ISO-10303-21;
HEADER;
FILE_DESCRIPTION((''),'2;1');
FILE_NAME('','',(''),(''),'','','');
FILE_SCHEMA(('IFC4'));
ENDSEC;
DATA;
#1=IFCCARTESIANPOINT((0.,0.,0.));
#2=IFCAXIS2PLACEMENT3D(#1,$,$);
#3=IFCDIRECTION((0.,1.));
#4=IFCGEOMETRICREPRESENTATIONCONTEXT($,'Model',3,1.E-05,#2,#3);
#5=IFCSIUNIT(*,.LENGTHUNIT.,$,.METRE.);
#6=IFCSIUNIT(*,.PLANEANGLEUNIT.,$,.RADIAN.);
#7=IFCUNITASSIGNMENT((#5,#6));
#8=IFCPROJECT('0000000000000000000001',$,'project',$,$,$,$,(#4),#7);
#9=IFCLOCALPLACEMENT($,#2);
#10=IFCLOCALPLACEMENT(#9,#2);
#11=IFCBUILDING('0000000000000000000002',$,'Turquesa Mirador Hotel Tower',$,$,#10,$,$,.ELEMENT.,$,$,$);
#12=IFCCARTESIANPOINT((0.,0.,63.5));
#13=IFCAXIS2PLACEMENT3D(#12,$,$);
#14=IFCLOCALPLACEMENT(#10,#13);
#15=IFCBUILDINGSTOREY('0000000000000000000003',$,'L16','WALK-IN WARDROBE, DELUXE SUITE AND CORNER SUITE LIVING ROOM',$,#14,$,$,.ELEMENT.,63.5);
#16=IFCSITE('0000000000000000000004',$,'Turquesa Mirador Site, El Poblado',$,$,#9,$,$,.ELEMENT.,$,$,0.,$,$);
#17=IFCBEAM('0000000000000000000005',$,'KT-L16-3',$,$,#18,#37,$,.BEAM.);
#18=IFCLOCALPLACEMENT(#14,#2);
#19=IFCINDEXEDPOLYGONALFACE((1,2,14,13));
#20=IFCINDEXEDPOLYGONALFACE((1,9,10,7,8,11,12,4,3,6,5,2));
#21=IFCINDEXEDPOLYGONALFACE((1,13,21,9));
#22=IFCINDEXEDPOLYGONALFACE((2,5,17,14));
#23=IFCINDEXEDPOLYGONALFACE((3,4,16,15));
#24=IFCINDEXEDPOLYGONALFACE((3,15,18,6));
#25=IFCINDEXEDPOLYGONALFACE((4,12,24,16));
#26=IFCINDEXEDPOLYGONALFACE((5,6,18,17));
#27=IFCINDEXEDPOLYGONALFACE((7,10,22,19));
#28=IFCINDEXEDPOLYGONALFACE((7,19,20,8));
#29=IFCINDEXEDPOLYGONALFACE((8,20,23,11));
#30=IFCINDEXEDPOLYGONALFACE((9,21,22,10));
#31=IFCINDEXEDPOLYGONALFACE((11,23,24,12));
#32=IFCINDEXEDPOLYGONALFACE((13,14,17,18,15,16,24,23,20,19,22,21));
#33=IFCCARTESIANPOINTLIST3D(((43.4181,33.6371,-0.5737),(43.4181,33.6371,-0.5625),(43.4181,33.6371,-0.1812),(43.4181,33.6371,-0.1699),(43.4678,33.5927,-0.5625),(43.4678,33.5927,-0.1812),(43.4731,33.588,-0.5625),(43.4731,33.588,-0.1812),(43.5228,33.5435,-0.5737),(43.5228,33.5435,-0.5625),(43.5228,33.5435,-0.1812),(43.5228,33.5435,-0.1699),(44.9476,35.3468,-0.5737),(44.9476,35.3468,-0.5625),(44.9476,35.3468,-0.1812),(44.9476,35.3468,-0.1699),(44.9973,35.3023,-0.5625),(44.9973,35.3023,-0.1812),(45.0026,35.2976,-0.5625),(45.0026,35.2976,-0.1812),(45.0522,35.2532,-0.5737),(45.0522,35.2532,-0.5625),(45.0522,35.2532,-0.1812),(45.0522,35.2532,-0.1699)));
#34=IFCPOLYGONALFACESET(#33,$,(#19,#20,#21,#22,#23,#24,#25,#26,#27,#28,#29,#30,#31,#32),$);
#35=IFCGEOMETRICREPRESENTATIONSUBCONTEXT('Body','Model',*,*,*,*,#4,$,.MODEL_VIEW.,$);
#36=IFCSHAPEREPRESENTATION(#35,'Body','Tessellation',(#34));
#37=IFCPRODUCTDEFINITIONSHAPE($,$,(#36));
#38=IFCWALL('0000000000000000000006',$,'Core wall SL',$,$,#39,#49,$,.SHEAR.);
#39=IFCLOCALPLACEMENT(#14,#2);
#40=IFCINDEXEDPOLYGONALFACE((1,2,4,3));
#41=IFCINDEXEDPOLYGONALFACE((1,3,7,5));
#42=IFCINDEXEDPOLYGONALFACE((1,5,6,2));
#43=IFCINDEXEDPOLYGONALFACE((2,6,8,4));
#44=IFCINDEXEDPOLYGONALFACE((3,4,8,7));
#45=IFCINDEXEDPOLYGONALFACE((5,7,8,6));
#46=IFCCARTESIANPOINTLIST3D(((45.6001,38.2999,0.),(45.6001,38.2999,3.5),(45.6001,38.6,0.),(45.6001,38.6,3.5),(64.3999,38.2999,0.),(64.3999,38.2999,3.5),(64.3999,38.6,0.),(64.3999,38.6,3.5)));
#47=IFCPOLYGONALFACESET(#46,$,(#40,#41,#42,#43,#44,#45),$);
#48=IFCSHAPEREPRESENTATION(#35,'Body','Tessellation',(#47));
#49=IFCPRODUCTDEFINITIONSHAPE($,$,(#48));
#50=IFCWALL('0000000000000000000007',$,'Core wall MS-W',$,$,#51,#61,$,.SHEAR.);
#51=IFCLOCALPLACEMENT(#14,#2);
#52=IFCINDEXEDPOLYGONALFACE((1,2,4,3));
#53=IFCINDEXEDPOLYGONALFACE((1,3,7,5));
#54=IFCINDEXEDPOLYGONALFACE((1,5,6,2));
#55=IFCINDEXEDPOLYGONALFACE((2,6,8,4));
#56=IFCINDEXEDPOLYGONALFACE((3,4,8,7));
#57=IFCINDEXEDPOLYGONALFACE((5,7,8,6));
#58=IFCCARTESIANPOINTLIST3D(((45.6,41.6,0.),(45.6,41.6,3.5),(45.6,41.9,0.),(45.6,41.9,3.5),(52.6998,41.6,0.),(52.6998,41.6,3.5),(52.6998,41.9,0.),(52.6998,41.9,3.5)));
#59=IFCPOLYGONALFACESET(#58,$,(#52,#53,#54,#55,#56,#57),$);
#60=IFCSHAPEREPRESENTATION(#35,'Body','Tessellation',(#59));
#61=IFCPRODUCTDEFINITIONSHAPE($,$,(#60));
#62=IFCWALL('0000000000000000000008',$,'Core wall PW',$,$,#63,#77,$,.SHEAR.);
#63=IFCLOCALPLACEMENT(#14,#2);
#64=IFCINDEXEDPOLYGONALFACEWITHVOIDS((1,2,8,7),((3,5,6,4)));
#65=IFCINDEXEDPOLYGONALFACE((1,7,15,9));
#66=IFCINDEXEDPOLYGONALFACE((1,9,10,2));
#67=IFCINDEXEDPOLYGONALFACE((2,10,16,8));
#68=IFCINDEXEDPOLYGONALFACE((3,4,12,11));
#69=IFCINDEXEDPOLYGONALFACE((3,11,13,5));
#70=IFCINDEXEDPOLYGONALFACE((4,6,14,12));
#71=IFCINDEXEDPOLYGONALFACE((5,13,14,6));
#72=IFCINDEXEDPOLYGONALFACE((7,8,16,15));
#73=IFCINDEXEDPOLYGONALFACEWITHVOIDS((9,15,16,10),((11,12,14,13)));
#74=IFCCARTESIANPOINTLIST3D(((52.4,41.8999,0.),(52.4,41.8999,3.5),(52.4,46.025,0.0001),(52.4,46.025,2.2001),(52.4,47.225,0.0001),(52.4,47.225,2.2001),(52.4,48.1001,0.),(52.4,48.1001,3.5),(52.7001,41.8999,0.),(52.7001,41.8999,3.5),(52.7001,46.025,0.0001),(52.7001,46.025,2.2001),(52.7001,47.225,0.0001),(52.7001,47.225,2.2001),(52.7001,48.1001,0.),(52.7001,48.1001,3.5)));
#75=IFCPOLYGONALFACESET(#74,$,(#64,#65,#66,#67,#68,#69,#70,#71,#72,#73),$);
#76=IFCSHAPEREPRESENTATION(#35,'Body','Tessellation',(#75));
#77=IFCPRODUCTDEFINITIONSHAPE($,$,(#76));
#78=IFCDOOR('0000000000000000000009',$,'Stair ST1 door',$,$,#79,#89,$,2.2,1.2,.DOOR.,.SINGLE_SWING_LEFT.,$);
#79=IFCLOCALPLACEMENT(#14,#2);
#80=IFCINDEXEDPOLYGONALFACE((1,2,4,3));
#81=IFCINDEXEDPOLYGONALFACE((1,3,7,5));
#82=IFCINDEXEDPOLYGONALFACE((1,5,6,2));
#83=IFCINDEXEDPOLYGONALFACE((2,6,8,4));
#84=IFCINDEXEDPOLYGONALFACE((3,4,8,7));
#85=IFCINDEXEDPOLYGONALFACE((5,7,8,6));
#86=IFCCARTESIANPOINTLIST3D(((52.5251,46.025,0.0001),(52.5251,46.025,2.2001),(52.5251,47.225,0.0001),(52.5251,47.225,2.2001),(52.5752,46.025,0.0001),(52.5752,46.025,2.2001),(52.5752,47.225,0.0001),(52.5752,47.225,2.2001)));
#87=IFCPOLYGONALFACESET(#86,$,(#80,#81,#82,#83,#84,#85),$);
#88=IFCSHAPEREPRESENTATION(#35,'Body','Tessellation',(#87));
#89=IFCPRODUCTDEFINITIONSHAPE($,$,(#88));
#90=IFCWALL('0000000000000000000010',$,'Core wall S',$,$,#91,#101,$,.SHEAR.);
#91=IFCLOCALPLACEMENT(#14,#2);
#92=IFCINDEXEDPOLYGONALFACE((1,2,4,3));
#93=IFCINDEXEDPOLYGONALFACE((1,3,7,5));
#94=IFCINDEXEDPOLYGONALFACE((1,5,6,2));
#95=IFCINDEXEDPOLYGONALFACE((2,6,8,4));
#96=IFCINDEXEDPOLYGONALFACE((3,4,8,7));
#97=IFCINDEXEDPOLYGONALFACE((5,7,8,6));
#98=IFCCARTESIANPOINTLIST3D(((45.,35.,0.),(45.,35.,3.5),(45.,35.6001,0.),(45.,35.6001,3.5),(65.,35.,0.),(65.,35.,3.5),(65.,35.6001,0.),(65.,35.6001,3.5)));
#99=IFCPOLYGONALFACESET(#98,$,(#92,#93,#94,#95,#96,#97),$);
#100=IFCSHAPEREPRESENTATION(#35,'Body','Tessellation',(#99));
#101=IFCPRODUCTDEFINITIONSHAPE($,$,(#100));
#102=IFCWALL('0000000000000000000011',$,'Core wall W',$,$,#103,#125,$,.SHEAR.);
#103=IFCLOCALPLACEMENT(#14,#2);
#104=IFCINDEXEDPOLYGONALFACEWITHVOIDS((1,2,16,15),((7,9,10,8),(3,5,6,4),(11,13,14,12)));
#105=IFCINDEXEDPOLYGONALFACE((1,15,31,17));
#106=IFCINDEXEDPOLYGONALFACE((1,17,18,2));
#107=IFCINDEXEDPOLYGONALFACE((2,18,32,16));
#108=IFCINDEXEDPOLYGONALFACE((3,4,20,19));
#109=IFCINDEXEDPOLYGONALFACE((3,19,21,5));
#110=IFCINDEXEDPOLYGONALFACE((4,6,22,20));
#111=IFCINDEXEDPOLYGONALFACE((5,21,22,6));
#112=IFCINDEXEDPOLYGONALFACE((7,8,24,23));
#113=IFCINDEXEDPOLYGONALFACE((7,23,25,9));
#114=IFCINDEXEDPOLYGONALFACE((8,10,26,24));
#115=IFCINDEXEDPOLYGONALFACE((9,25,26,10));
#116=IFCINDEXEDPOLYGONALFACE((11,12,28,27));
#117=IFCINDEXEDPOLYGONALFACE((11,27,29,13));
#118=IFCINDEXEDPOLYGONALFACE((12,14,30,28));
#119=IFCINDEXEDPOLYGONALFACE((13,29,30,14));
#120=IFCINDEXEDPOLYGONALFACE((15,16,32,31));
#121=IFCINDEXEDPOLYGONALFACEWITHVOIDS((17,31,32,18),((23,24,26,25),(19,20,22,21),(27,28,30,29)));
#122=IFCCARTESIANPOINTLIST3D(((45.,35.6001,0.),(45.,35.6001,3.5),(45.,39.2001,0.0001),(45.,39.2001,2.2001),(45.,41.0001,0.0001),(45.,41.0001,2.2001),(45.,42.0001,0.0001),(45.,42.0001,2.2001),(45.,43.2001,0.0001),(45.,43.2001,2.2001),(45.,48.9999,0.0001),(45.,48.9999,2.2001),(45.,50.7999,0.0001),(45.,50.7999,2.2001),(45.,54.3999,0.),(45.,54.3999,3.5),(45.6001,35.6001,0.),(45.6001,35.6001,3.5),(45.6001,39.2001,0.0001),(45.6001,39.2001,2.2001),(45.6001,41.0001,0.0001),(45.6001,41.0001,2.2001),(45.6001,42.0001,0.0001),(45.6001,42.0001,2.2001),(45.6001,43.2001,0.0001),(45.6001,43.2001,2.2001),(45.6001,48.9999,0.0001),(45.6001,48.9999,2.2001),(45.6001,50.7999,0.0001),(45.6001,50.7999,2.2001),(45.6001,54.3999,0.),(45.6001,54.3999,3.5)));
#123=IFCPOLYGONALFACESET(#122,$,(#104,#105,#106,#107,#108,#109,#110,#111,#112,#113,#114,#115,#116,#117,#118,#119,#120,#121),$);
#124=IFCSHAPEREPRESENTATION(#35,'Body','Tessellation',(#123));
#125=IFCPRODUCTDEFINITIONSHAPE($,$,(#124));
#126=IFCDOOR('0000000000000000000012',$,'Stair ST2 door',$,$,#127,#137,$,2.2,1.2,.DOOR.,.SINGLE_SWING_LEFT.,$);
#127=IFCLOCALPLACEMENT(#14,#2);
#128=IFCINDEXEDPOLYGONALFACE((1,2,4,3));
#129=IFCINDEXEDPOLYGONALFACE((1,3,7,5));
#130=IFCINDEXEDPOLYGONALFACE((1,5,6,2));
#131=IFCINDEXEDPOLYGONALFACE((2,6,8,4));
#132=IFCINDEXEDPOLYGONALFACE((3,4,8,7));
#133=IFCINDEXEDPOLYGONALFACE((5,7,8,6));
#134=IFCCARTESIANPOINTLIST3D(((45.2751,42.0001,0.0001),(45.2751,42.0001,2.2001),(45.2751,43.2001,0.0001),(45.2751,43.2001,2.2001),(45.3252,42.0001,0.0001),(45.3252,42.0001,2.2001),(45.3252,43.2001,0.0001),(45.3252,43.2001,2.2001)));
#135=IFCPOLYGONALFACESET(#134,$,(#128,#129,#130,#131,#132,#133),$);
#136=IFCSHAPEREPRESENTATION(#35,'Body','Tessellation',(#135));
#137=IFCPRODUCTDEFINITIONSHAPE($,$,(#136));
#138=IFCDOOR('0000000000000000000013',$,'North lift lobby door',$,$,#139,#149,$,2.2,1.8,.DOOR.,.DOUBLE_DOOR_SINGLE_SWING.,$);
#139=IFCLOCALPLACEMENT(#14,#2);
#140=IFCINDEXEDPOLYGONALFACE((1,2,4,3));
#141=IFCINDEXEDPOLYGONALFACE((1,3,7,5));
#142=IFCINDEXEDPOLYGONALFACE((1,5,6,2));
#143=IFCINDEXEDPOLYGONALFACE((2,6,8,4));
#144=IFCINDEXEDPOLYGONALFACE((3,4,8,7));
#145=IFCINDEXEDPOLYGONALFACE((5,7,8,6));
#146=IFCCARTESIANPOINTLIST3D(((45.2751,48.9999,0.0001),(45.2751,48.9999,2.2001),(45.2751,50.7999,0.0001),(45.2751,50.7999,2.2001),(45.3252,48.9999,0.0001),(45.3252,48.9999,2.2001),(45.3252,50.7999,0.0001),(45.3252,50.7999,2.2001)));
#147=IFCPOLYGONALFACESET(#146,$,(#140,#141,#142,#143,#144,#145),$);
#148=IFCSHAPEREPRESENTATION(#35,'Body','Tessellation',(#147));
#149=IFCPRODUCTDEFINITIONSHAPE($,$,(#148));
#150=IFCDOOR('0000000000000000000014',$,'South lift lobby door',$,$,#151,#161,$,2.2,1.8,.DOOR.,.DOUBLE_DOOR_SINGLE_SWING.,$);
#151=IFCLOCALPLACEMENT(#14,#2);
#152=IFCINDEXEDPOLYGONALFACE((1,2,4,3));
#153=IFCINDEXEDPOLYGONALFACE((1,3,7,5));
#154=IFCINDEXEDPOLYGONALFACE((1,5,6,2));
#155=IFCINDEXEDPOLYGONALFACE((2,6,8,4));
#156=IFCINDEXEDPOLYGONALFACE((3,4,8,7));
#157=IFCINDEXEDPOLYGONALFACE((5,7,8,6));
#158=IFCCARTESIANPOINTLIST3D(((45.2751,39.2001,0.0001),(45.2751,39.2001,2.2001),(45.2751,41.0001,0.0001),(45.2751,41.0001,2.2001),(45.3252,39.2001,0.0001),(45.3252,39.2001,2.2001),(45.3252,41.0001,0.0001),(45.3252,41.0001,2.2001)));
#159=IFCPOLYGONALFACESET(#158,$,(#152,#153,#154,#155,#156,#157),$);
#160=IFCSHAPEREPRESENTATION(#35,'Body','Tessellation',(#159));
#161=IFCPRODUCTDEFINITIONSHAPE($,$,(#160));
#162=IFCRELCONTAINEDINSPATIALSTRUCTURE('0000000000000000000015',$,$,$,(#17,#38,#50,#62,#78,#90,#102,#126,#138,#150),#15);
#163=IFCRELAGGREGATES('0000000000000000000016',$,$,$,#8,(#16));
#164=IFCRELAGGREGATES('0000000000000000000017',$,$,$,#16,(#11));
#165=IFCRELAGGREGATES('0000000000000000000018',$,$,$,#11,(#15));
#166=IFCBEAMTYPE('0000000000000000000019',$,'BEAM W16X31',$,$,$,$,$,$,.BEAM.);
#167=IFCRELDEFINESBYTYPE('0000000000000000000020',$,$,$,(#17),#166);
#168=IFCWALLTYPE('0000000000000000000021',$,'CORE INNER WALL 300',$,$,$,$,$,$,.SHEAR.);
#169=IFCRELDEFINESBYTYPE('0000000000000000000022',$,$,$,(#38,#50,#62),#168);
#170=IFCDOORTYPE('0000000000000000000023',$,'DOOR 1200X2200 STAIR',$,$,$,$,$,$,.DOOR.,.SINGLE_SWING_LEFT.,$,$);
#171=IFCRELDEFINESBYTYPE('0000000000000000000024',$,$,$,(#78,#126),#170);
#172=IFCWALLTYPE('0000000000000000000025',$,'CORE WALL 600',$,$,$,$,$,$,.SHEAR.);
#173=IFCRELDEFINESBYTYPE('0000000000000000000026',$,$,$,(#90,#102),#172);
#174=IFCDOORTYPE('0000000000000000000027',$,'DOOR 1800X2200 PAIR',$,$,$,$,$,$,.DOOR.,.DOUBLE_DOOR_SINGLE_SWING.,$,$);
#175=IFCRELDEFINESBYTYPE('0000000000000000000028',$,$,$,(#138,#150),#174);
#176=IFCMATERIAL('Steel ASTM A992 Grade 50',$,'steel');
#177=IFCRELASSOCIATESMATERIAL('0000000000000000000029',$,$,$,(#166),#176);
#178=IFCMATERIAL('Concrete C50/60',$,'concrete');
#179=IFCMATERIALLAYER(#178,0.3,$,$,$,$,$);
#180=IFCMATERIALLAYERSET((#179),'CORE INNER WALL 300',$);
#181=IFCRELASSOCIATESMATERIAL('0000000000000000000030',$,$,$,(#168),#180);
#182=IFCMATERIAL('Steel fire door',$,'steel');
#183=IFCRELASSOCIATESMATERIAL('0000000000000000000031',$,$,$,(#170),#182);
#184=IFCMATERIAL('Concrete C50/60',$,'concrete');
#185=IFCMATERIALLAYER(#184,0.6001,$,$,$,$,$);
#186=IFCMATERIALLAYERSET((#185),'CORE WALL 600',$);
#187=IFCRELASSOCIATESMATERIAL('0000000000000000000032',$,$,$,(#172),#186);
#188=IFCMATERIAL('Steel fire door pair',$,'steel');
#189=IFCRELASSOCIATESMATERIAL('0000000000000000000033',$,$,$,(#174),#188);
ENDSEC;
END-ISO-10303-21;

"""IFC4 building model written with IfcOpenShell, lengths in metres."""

from ifc_helpers import new_model, si_unit, direction, frame, frame_2d, origin, origin_2d, place, context, subcontext, project, spatial, rectangle, i_section, extrude, material, layer, layer_set, material_profile, profile_set, type_object, element, fill, save


model = new_model("IFC4")

# Units and contexts
model_context = context("Model", 3, precision=1e-05, world=origin(), true_north=direction((0.0, 1.0)))
body_context = subcontext(model_context, "Body", "Model", "MODEL_VIEW")
ifc_project = project(units=[si_unit("LENGTHUNIT", "METRE"), si_unit("PLANEANGLEUNIT", "RADIAN")], contexts=[model_context])

# Site, building, storey
site_placement = place(None, origin())
site = spatial("IfcSite", under=ifc_project, at=site_placement, Name="Turquesa Mirador Site, El Poblado", CompositionType="ELEMENT", RefElevation=0.0)
building_placement = place(site_placement, origin())
building = spatial("IfcBuilding", under=site, at=building_placement, Name="Turquesa Mirador Hotel Tower", CompositionType="ELEMENT")
storey_placement = place(building_placement, frame((0.0, 0.0, 63.5)))
storey = spatial("IfcBuildingStorey", under=building, at=storey_placement, Name="L16", Description="WALK-IN WARDROBE, DELUXE SUITE AND CORNER SUITE LIVING ROOM", CompositionType="ELEMENT", Elevation=63.5)

# Beam
ifc_material_1 = material(Name="Steel ASTM A992 Grade 50", Category="steel")
ifc_material_profile = material_profile(ifc_material_1, i_section(OverallWidth=0.1404, OverallDepth=0.4038, WebThickness=0.0071, FlangeThickness=0.0112, at=origin_2d()), Name="W16X31")
ifc_profile_set = profile_set([ifc_material_profile], Name="Steel ASTM A992 Grade 50")
beam_type = type_object("IfcBeamType", Name="BEAM W16X31", PredefinedType="BEAM", material=ifc_profile_set)
beam_placement = place(storey_placement, frame((43.4705, 33.5903, -0.3718), z_axis=(0.666745, 0.745286, 0.0), x_axis=(-0.745286, 0.666745, 0.0)))
element("IfcBeam", 1, at=beam_placement, inside=storey, type_object=beam_type, Name="KT-L16-3", PredefinedType="BEAM", context=body_context, shape_type="SweptSolid", body=[
    extrude(i_section(OverallWidth=0.1404, OverallDepth=0.4038, WebThickness=0.0071, FlangeThickness=0.0112, at=origin_2d()), origin(), (0.0, 0.0, 1.0), 2.2939),
])

# Walls
ifc_material_2 = material(Name="Concrete C50/60", Category="concrete")
ifc_layer_1 = layer(ifc_material_2, 0.3)
ifc_layer_set_1 = layer_set([ifc_layer_1], Name="CORE INNER WALL 300")
wall_type_1 = type_object("IfcWallType", Name="CORE INNER WALL 300", PredefinedType="SHEAR", material=ifc_layer_set_1)
wall_1_placement = place(storey_placement, frame((45.6001, 38.45, 0.0), z_axis=(0.0, 0.0, 1.0), x_axis=(1.0, 0.0, 0.0)))
element("IfcWall", 2, at=wall_1_placement, inside=storey, type_object=wall_type_1, Name="Core wall SL", PredefinedType="SHEAR", context=body_context, shape_type="SweptSolid", body=[
    extrude(rectangle(XDim=18.7998, YDim=0.3, at=frame_2d((9.3999, 0.0))), origin(), (0.0, 0.0, 1.0), 3.5),
])
wall_2_placement = place(storey_placement, frame((45.6001, 41.75, 0.0), z_axis=(0.0, 0.0, 1.0), x_axis=(1.0, 0.0, 0.0)))
element("IfcWall", 3, at=wall_2_placement, inside=storey, type_object=wall_type_1, Name="Core wall MS-W", PredefinedType="SHEAR", context=body_context, shape_type="SweptSolid", body=[
    extrude(rectangle(XDim=7.0999, YDim=0.3, at=frame_2d((3.5498, 0.0))), origin(), (0.0, 0.0, 1.0), 3.5),
])

# Wall, opening, door
wall_3_placement = place(storey_placement, frame((52.55, 41.8999, 0.0), z_axis=(0.0, 0.0, 1.0), x_axis=(0.0, 1.0, 0.0)))
wall_3 = element("IfcWall", 4, at=wall_3_placement, inside=storey, type_object=wall_type_1, Name="Core wall PW", PredefinedType="SHEAR", context=body_context, shape_type="SweptSolid", body=[
    extrude(rectangle(XDim=6.2002, YDim=0.3, at=frame_2d((3.1001, 0.0))), origin(), (0.0, 0.0, 1.0), 3.5),
])
opening_1_placement = place(wall_3_placement, frame((4.125, 0.0, 0.0)))
opening_1 = element("IfcOpeningElement", 5, at=opening_1_placement, cuts=wall_3, PredefinedType="OPENING", context=body_context, shape_type="SweptSolid", body=[
    extrude(rectangle(XDim=1.2, YDim=2.2, at=frame_2d((0.6001, 1.1001))), frame((0.0, 0.1599, 0.0), z_axis=(0.0, -1.0, 0.0), x_axis=(1.0, 0.0, 0.0)), (0.0, 0.0, 1.0), 0.3201),
])
ifc_material_3 = material(Name="Steel fire door", Category="steel")
door_type_1 = type_object("IfcDoorType", Name="DOOR 1200X2200 STAIR", OperationType="SINGLE_SWING_LEFT", PredefinedType="DOOR", material=ifc_material_3)
door_1_placement = place(opening_1_placement, origin())
door_1 = element("IfcDoor", 6, at=door_1_placement, inside=storey, type_object=door_type_1, Name="Stair ST1 door", OperationType="SINGLE_SWING_LEFT", OverallHeight=2.2, OverallWidth=1.2, PredefinedType="DOOR", context=body_context, shape_type="SweptSolid", body=[
    extrude(rectangle(XDim=1.2, YDim=2.2, at=frame_2d((0.6001, 1.1001))), frame((0.0, 0.0249, 0.0), z_axis=(0.0, -1.0, 0.0), x_axis=(1.0, 0.0, 0.0)), (0.0, 0.0, 1.0), 0.05),
])
fill(opening_1, door_1)

# Wall
ifc_material_4 = material(Name="Concrete C50/60", Category="concrete")
ifc_layer_2 = layer(ifc_material_4, 0.6001)
ifc_layer_set_2 = layer_set([ifc_layer_2], Name="CORE WALL 600")
wall_type_2 = type_object("IfcWallType", Name="CORE WALL 600", PredefinedType="SHEAR", material=ifc_layer_set_2)
wall_4_placement = place(storey_placement, frame((45.0, 35.3, 0.0), z_axis=(0.0, 0.0, 1.0), x_axis=(1.0, 0.0, 0.0)))
element("IfcWall", 7, at=wall_4_placement, inside=storey, type_object=wall_type_2, Name="Core wall S", PredefinedType="SHEAR", context=body_context, shape_type="SweptSolid", body=[
    extrude(rectangle(XDim=20.0, YDim=0.6001, at=frame_2d((10.0, 0.0))), origin(), (0.0, 0.0, 1.0), 3.5),
])

# Wall, openings, doors
wall_5_placement = place(storey_placement, frame((45.3, 35.6001, 0.0), z_axis=(0.0, 0.0, 1.0), x_axis=(0.0, 1.0, 0.0)))
wall_5 = element("IfcWall", 8, at=wall_5_placement, inside=storey, type_object=wall_type_2, Name="Core wall W", PredefinedType="SHEAR", context=body_context, shape_type="SweptSolid", body=[
    extrude(rectangle(XDim=18.7998, YDim=0.6001, at=frame_2d((9.3999, 0.0))), origin(), (0.0, 0.0, 1.0), 3.5),
])
opening_2_placement = place(wall_5_placement, frame((13.3999, 0.0, 0.0)))
opening_2 = element("IfcOpeningElement", 9, at=opening_2_placement, cuts=wall_5, PredefinedType="OPENING", context=body_context, shape_type="SweptSolid", body=[
    extrude(rectangle(XDim=1.8, YDim=2.2, at=frame_2d((0.8999, 1.1001))), frame((0.0, 0.3101, 0.0), z_axis=(0.0, -1.0, 0.0), x_axis=(1.0, 0.0, 0.0)), (0.0, 0.0, 1.0), 0.6201),
])
opening_3_placement = place(wall_5_placement, frame((3.6001, 0.0, 0.0)))
opening_3 = element("IfcOpeningElement", 10, at=opening_3_placement, cuts=wall_5, PredefinedType="OPENING", context=body_context, shape_type="SweptSolid", body=[
    extrude(rectangle(XDim=1.8, YDim=2.2, at=frame_2d((0.8999, 1.1001))), frame((0.0, 0.3101, 0.0), z_axis=(0.0, -1.0, 0.0), x_axis=(1.0, 0.0, 0.0)), (0.0, 0.0, 1.0), 0.6201),
])
opening_4_placement = place(wall_5_placement, frame((6.3999, 0.0, 0.0)))
opening_4 = element("IfcOpeningElement", 11, at=opening_4_placement, cuts=wall_5, PredefinedType="OPENING", context=body_context, shape_type="SweptSolid", body=[
    extrude(rectangle(XDim=1.2, YDim=2.2, at=frame_2d((0.6001, 1.1001))), frame((0.0, 0.3101, 0.0), z_axis=(0.0, -1.0, 0.0), x_axis=(1.0, 0.0, 0.0)), (0.0, 0.0, 1.0), 0.6201),
])
door_2_placement = place(opening_4_placement, origin())
door_2 = element("IfcDoor", 12, at=door_2_placement, inside=storey, type_object=door_type_1, Name="Stair ST2 door", OperationType="SINGLE_SWING_LEFT", OverallHeight=2.2, OverallWidth=1.2, PredefinedType="DOOR", context=body_context, shape_type="SweptSolid", body=[
    extrude(rectangle(XDim=1.2, YDim=2.2, at=frame_2d((0.6001, 1.1001))), frame((0.0, 0.0249, 0.0), z_axis=(0.0, -1.0, 0.0), x_axis=(1.0, 0.0, 0.0)), (0.0, 0.0, 1.0), 0.05),
])
fill(opening_4, door_2)
ifc_material_5 = material(Name="Steel fire door pair", Category="steel")
door_type_2 = type_object("IfcDoorType", Name="DOOR 1800X2200 PAIR", OperationType="DOUBLE_DOOR_SINGLE_SWING", PredefinedType="DOOR", material=ifc_material_5)
door_3_placement = place(opening_2_placement, origin())
door_3 = element("IfcDoor", 13, at=door_3_placement, inside=storey, type_object=door_type_2, Name="North lift lobby door", OperationType="DOUBLE_DOOR_SINGLE_SWING", OverallHeight=2.2, OverallWidth=1.8, PredefinedType="DOOR", context=body_context, shape_type="SweptSolid", body=[
    extrude(rectangle(XDim=1.8, YDim=2.2, at=frame_2d((0.8999, 1.1001))), frame((0.0, 0.0249, 0.0), z_axis=(0.0, -1.0, 0.0), x_axis=(1.0, 0.0, 0.0)), (0.0, 0.0, 1.0), 0.05),
])
fill(opening_2, door_3)
door_4_placement = place(opening_3_placement, origin())
door_4 = element("IfcDoor", 14, at=door_4_placement, inside=storey, type_object=door_type_2, Name="South lift lobby door", OperationType="DOUBLE_DOOR_SINGLE_SWING", OverallHeight=2.2, OverallWidth=1.8, PredefinedType="DOOR", context=body_context, shape_type="SweptSolid", body=[
    extrude(rectangle(XDim=1.8, YDim=2.2, at=frame_2d((0.8999, 1.1001))), frame((0.0, 0.0249, 0.0), z_axis=(0.0, -1.0, 0.0), x_axis=(1.0, 0.0, 0.0)), (0.0, 0.0, 1.0), 0.05),
])
fill(opening_3, door_4)

save(model, "model.ifc")
